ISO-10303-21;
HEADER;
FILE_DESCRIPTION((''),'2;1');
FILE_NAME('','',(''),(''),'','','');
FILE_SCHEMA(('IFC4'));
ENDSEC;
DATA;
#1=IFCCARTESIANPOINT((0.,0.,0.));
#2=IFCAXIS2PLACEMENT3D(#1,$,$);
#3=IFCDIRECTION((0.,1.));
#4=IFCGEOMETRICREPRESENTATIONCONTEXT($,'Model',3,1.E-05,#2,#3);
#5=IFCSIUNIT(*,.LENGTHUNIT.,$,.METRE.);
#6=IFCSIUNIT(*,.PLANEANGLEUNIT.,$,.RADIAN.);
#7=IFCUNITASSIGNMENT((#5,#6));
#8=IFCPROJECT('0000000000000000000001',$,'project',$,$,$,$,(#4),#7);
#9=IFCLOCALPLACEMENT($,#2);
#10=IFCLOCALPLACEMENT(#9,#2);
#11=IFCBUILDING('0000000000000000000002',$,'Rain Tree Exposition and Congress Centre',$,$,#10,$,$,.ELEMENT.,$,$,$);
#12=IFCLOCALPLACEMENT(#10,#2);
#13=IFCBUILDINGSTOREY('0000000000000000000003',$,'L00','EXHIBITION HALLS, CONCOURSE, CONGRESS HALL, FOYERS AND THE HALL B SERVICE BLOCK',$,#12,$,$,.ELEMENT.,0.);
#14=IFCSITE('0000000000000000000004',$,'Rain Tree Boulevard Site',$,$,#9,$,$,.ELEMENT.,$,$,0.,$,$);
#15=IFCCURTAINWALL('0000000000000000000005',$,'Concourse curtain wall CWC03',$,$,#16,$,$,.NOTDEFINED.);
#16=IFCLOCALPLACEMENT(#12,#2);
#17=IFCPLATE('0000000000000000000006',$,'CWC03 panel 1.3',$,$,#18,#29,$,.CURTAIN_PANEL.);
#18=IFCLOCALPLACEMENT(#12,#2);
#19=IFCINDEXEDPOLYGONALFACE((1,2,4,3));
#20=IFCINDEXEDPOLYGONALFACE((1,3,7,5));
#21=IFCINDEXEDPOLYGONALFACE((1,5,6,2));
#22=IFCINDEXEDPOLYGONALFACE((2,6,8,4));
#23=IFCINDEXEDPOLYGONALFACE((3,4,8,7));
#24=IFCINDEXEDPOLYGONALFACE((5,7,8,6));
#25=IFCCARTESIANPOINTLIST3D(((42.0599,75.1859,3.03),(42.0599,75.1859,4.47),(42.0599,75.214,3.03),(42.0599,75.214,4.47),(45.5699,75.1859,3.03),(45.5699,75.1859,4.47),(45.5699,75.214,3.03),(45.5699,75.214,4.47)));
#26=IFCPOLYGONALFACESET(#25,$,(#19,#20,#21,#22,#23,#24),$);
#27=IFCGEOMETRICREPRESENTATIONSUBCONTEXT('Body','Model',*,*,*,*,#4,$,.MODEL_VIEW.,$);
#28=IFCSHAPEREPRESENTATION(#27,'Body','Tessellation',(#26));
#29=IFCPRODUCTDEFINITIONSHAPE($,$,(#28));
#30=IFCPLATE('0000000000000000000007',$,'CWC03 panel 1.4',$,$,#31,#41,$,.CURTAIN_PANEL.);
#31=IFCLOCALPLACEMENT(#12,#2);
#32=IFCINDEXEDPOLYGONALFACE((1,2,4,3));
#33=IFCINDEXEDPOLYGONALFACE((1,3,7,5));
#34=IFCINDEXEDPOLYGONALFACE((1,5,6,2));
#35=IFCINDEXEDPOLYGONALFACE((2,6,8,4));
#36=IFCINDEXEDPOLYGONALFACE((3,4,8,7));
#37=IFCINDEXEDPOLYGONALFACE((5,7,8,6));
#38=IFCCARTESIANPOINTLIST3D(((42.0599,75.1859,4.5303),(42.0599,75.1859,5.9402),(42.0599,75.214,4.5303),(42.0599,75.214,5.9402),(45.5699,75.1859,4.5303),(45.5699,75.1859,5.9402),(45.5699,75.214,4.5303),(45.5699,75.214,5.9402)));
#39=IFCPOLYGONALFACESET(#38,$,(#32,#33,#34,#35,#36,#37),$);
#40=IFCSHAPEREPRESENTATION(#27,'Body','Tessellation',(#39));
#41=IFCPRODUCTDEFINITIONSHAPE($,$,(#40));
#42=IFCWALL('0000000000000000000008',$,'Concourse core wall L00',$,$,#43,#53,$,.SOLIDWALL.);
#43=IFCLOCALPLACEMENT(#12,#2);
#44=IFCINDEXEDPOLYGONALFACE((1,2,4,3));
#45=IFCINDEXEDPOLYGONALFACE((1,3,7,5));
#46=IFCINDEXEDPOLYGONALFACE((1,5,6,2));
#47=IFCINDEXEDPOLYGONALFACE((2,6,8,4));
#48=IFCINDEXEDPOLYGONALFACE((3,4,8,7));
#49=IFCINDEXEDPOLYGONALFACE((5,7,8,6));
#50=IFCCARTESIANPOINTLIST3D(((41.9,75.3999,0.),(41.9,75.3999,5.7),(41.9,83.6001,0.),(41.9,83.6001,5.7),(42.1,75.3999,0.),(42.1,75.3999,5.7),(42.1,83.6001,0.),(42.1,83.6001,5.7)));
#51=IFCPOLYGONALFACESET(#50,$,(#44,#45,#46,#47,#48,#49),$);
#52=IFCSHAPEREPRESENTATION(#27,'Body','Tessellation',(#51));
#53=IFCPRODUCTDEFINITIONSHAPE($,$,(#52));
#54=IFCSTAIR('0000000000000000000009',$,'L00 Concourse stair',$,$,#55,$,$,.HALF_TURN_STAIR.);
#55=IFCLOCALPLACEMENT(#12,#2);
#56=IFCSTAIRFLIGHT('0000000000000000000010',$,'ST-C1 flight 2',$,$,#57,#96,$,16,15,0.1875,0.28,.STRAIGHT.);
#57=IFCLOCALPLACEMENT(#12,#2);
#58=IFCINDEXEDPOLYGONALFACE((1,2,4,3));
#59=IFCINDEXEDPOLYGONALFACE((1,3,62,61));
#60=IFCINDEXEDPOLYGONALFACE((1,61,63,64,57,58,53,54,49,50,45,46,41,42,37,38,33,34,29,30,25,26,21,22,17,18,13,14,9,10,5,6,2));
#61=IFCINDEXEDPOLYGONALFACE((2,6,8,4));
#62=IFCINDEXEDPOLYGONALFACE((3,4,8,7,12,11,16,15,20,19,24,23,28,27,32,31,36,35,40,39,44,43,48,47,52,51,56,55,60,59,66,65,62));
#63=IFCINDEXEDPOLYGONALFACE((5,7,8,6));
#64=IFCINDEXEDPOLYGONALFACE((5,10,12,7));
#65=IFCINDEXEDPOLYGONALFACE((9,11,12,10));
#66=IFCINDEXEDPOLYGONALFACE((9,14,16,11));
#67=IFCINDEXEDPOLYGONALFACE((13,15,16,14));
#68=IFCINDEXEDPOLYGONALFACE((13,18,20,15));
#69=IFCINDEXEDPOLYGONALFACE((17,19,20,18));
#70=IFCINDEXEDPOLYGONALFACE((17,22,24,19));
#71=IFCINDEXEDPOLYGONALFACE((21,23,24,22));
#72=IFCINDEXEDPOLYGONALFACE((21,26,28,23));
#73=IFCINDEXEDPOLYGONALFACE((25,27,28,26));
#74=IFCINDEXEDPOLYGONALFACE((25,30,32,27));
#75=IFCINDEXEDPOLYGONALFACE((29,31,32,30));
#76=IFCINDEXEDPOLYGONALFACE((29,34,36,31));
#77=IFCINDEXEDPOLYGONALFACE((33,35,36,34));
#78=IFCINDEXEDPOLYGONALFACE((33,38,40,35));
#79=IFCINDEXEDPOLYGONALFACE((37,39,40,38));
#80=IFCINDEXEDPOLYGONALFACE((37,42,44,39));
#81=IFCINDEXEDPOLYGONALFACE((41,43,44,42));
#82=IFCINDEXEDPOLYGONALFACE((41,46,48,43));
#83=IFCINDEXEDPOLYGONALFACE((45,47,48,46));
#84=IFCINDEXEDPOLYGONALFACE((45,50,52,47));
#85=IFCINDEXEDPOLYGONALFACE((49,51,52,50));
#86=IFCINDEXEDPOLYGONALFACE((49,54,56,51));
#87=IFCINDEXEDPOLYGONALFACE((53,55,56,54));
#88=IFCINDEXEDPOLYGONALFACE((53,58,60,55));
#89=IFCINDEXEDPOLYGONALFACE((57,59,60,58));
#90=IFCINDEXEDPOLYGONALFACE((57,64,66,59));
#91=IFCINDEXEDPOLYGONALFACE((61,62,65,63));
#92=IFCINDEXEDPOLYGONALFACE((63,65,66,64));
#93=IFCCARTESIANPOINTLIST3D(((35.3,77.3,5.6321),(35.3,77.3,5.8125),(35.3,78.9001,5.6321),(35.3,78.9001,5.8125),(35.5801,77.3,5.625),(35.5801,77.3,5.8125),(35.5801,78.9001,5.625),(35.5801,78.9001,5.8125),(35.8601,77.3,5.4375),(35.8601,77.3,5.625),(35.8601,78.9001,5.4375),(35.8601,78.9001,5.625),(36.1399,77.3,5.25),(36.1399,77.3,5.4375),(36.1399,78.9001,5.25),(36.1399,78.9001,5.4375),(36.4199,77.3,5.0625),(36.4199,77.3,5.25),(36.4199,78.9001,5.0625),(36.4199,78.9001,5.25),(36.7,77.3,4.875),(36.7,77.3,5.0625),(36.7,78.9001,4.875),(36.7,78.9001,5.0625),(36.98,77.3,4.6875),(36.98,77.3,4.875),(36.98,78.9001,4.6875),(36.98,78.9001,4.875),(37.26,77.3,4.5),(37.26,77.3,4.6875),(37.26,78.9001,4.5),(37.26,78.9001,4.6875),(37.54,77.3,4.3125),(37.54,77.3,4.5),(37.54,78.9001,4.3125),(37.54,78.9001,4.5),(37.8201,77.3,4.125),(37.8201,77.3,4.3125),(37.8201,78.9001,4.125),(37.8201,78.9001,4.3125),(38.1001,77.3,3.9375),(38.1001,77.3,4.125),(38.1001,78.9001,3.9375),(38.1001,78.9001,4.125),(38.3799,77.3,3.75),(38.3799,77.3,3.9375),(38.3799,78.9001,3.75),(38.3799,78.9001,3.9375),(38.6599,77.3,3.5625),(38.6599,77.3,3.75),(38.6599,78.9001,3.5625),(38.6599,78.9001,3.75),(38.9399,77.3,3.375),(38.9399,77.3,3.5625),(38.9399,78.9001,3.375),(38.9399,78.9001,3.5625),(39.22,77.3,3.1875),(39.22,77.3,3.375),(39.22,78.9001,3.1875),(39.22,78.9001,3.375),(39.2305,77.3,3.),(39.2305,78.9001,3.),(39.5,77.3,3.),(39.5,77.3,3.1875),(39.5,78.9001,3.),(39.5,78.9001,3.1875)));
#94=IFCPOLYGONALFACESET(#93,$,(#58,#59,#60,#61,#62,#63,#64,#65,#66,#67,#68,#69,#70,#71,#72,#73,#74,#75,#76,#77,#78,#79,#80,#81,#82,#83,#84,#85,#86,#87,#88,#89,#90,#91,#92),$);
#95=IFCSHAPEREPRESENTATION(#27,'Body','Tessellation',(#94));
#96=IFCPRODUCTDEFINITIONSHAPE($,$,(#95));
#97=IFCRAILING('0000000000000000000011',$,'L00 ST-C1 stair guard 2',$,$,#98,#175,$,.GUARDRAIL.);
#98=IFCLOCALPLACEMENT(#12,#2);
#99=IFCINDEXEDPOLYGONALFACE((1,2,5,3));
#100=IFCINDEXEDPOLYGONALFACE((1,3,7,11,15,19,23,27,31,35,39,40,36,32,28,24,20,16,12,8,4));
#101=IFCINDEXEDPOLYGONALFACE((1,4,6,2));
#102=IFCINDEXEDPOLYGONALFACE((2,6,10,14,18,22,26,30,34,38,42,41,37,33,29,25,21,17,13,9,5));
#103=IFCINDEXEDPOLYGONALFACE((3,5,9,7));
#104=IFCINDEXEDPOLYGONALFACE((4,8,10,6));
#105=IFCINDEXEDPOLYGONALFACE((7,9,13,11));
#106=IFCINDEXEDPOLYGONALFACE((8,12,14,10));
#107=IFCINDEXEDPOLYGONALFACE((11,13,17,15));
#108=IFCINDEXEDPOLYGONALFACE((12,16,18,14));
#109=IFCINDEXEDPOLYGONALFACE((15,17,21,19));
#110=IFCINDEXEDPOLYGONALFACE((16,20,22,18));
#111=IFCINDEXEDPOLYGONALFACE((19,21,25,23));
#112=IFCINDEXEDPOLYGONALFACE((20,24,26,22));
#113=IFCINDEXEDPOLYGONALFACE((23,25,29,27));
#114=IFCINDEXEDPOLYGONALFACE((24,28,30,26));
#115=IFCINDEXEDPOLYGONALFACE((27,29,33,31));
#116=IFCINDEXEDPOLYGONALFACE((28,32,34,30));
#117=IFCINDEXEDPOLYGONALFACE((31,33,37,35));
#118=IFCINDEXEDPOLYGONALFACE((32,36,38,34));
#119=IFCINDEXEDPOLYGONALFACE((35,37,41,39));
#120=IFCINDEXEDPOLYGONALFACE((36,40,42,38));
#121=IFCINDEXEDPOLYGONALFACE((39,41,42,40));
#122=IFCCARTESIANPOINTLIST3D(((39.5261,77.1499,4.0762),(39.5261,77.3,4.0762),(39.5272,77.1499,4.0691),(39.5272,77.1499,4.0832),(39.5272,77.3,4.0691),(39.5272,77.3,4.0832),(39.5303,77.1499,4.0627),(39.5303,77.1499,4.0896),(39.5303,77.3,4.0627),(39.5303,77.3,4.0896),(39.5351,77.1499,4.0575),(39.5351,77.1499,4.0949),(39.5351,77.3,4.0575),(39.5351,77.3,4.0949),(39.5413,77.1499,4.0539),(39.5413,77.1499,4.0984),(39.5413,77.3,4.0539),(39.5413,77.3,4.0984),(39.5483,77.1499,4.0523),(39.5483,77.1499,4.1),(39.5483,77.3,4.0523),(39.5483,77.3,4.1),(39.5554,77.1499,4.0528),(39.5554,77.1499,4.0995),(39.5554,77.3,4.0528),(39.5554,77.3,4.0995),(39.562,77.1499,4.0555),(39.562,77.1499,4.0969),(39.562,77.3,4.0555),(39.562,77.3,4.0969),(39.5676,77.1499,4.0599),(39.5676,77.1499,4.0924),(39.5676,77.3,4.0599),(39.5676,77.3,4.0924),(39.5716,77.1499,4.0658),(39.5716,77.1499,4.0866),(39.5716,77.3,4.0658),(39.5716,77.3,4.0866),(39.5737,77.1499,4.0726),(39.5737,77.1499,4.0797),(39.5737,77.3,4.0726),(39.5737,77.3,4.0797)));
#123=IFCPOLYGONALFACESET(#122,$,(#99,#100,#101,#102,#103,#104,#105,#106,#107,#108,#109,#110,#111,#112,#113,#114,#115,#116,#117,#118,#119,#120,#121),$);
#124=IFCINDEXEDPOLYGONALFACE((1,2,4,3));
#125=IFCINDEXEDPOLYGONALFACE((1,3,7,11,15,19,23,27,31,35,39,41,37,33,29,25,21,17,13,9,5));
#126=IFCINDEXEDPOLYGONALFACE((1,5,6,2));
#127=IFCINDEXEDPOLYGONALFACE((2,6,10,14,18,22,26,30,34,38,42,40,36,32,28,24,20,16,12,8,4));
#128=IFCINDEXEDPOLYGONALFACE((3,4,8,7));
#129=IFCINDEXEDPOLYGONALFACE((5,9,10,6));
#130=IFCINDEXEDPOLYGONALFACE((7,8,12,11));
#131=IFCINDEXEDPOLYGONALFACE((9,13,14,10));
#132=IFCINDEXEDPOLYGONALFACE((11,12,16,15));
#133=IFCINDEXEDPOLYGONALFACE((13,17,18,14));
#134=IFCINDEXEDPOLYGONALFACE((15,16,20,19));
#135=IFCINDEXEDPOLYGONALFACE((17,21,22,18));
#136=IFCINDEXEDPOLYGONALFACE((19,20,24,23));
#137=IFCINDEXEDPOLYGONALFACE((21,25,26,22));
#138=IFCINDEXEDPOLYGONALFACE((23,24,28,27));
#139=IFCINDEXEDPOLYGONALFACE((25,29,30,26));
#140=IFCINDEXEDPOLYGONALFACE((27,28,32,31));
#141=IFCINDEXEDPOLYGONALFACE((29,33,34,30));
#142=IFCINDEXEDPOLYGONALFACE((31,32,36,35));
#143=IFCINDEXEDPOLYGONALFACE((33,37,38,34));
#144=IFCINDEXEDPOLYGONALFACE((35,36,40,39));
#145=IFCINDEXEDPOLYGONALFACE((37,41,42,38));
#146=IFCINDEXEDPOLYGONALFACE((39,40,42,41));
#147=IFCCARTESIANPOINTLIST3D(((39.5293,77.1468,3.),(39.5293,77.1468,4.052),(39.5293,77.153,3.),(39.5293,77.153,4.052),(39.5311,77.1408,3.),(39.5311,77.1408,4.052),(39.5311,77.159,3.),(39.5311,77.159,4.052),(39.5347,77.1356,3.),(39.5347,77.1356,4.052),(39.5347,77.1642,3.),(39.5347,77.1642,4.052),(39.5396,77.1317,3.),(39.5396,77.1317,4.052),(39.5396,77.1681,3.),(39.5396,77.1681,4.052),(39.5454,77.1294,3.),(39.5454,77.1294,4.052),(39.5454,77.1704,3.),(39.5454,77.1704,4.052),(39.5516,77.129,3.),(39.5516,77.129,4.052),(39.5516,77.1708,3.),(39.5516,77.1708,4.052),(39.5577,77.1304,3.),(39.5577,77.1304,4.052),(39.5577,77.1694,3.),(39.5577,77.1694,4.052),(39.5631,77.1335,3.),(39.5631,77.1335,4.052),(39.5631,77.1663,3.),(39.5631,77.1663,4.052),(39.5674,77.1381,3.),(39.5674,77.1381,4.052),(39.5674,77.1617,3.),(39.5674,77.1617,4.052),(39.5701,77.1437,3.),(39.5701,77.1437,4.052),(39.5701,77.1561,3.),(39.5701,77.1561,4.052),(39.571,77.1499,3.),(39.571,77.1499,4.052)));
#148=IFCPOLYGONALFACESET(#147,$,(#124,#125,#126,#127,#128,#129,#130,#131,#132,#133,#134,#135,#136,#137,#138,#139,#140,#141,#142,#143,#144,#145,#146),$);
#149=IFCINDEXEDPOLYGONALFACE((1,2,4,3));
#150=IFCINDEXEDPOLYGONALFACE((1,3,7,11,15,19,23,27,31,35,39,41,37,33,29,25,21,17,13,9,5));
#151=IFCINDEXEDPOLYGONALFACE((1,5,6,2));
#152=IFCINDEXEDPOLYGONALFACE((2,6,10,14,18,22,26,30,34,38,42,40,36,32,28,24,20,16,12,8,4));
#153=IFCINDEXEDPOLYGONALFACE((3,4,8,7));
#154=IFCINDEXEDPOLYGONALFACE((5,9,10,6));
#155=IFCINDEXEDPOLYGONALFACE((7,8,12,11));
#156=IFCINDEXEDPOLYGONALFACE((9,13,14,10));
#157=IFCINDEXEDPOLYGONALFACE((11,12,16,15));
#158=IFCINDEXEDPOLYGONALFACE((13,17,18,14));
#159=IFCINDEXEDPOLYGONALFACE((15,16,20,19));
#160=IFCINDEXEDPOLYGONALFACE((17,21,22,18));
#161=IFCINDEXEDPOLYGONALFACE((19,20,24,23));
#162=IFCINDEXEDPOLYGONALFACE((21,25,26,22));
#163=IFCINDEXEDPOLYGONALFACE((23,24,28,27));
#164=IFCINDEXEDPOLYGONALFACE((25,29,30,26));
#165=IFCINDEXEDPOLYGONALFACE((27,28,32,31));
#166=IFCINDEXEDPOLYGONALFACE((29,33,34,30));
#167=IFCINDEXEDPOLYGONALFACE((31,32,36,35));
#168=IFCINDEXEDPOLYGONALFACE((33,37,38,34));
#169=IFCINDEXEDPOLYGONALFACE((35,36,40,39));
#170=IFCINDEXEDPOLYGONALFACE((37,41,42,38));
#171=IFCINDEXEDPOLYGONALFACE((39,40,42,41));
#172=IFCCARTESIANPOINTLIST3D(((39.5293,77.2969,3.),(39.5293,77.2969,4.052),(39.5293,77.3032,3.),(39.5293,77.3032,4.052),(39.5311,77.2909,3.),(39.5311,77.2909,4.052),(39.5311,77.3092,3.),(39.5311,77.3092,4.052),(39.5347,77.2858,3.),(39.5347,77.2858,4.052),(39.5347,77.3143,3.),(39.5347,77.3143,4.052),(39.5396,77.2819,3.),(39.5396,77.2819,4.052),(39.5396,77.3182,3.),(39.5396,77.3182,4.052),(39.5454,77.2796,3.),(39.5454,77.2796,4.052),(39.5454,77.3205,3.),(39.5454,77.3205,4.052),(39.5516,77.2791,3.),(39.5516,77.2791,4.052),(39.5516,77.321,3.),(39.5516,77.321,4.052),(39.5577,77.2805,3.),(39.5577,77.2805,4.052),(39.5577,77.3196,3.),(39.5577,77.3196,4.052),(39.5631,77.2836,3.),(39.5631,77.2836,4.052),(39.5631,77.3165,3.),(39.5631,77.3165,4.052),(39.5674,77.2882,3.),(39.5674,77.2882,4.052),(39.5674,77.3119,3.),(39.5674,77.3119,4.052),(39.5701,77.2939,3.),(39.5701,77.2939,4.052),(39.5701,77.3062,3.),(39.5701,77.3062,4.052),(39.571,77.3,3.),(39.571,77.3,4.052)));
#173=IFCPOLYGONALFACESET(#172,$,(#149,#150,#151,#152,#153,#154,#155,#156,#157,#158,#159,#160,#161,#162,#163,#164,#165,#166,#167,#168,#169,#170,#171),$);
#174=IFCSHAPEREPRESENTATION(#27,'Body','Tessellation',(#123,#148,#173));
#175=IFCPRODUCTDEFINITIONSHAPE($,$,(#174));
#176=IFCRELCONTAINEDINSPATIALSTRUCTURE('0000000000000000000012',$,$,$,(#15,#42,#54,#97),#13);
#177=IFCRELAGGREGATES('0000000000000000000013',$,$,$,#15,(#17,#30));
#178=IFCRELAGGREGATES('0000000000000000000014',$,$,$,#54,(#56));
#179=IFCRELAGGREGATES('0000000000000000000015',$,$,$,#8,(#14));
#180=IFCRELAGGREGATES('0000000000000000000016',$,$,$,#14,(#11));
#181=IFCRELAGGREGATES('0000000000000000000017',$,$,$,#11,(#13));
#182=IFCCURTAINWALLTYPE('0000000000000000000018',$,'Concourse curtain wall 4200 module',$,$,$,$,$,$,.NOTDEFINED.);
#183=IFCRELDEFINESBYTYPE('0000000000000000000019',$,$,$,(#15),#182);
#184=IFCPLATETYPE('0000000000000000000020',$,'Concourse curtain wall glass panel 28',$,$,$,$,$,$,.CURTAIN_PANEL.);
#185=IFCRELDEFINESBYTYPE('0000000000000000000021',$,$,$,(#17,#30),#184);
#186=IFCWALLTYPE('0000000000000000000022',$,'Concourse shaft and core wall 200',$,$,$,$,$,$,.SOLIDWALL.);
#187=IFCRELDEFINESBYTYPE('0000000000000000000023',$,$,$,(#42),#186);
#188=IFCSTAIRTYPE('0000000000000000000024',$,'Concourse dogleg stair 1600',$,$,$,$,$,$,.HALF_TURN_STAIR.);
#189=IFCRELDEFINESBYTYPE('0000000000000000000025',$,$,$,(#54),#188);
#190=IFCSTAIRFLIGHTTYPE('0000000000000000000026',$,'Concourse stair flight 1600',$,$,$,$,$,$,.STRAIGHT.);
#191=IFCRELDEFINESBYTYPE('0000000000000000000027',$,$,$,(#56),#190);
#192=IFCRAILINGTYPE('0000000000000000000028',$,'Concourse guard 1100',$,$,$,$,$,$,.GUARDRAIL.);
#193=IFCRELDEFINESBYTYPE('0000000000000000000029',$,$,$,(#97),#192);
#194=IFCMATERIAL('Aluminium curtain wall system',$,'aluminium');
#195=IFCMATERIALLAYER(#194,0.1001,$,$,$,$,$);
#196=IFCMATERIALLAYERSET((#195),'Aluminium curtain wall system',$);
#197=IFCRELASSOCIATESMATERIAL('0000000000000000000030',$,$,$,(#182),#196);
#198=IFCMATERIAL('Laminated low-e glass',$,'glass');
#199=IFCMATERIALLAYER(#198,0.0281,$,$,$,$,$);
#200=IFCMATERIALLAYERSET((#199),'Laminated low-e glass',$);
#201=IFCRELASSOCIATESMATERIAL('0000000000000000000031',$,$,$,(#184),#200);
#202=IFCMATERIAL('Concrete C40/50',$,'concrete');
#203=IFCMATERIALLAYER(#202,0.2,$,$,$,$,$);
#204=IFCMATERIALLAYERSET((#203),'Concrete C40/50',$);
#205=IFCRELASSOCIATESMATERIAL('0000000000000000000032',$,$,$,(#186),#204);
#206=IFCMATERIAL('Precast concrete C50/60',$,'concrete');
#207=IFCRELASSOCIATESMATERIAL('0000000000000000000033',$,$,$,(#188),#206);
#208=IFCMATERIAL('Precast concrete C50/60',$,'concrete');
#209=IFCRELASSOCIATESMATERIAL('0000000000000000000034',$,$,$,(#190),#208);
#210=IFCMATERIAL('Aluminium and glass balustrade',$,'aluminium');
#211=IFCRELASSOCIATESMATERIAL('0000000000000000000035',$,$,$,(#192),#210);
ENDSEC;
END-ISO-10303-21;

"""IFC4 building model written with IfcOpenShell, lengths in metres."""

from ifc_helpers import new_model, si_unit, direction, frame, frame_2d, origin, origin_2d, place, context, subcontext, project, spatial, polyline, rectangle, circle, outline, extrude, material, layer, layer_set, type_object, element, aggregate, save


model = new_model("IFC4")

# Units and contexts
model_context = context("Model", 3, precision=1e-05, world=origin(), true_north=direction((0.0, 1.0)))
body_context = subcontext(model_context, "Body", "Model", "MODEL_VIEW")
ifc_project = project(units=[si_unit("LENGTHUNIT", "METRE"), si_unit("PLANEANGLEUNIT", "RADIAN")], contexts=[model_context])

# Site, building, storey
site_placement = place(None, origin())
site = spatial("IfcSite", under=ifc_project, at=site_placement, Name="Rain Tree Boulevard Site", CompositionType="ELEMENT", RefElevation=0.0)
building_placement = place(site_placement, origin())
building = spatial("IfcBuilding", under=site, at=building_placement, Name="Rain Tree Exposition and Congress Centre", CompositionType="ELEMENT")
storey_placement = place(building_placement, origin())
storey = spatial("IfcBuildingStorey", under=building, at=storey_placement, Name="L00", Description="EXHIBITION HALLS, CONCOURSE, CONGRESS HALL, FOYERS AND THE HALL B SERVICE BLOCK", CompositionType="ELEMENT", Elevation=0.0)

# Curtain wall, plates
ifc_material_1 = material(Name="Aluminium curtain wall system", Category="aluminium")
ifc_layer_1 = layer(ifc_material_1, 0.1001)
ifc_layer_set_1 = layer_set([ifc_layer_1], Name="Aluminium curtain wall system")
curtain_wall_type = type_object("IfcCurtainWallType", Name="Concourse curtain wall 4200 module", PredefinedType="NOTDEFINED", material=ifc_layer_set_1)
curtain_wall_placement = place(storey_placement, origin())
curtain_wall = element("IfcCurtainWall", 1, at=curtain_wall_placement, inside=storey, type_object=curtain_wall_type, Name="Concourse curtain wall CWC03", PredefinedType="NOTDEFINED")
ifc_material_2 = material(Name="Laminated low-e glass", Category="glass")
ifc_layer_2 = layer(ifc_material_2, 0.0281)
ifc_layer_set_2 = layer_set([ifc_layer_2], Name="Laminated low-e glass")
plate_type = type_object("IfcPlateType", Name="Concourse curtain wall glass panel 28", PredefinedType="CURTAIN_PANEL", material=ifc_layer_set_2)
plate_1_placement = place(storey_placement, frame((43.8149, 75.2, 3.03), z_axis=(0.0, 0.0, 1.0), x_axis=(1.0, 0.0, 0.0)))
plate_1 = element("IfcPlate", 2, at=plate_1_placement, type_object=plate_type, Name="CWC03 panel 1.3", PredefinedType="CURTAIN_PANEL", context=body_context, shape_type="SweptSolid", body=[
    extrude(rectangle(XDim=3.51, YDim=0.0281, at=origin_2d()), origin(), (0.0, 0.0, 1.0), 1.4399),
])
plate_2_placement = place(storey_placement, frame((43.8149, 75.2, 4.5303), z_axis=(0.0, 0.0, 1.0), x_axis=(1.0, 0.0, 0.0)))
plate_2 = element("IfcPlate", 3, at=plate_2_placement, type_object=plate_type, Name="CWC03 panel 1.4", PredefinedType="CURTAIN_PANEL", context=body_context, shape_type="SweptSolid", body=[
    extrude(rectangle(XDim=3.51, YDim=0.0281, at=origin_2d()), origin(), (0.0, 0.0, 1.0), 1.4099),
])
aggregate(curtain_wall, [plate_1, plate_2])

# Wall
ifc_material_3 = material(Name="Concrete C40/50", Category="concrete")
ifc_layer_3 = layer(ifc_material_3, 0.2)
ifc_layer_set_3 = layer_set([ifc_layer_3], Name="Concrete C40/50")
wall_type = type_object("IfcWallType", Name="Concourse shaft and core wall 200", PredefinedType="SOLIDWALL", material=ifc_layer_set_3)
wall_1_placement = place(storey_placement, frame((42.0, 75.3999, 0.0), z_axis=(0.0, 0.0, 1.0), x_axis=(0.0, 1.0, 0.0)))
element("IfcWall", 4, at=wall_1_placement, inside=storey, type_object=wall_type, Name="Concourse core wall L00", PredefinedType="SOLIDWALL", context=body_context, shape_type="SweptSolid", body=[
    extrude(rectangle(XDim=8.2002, YDim=0.2, at=frame_2d((4.1001, 0.0))), origin(), (0.0, 0.0, 1.0), 5.7),
])

# Stair, stair flight
ifc_material_4 = material(Name="Precast concrete C50/60", Category="concrete")
stair_type = type_object("IfcStairType", Name="Concourse dogleg stair 1600", PredefinedType="HALF_TURN_STAIR", material=ifc_material_4)
stair_placement = place(storey_placement, origin())
stair = element("IfcStair", 5, at=stair_placement, inside=storey, type_object=stair_type, Name="L00 Concourse stair", PredefinedType="HALF_TURN_STAIR")
ifc_material_5 = material(Name="Precast concrete C50/60", Category="concrete")
stair_flight_type = type_object("IfcStairFlightType", Name="Concourse stair flight 1600", PredefinedType="STRAIGHT", material=ifc_material_5)
stair_flight_placement = place(storey_placement, frame((39.5, 78.1001, 3.0), z_axis=(0.0, 0.0, 1.0), x_axis=(-1.0, 0.0, 0.0)))
stair_flight = element("IfcStairFlight", 6, at=stair_flight_placement, type_object=stair_flight_type, Name="ST-C1 flight 2", NumberOfRisers=16, NumberOfTreads=15, PredefinedType="STRAIGHT", RiserHeight=0.1875, TreadLength=0.28, context=body_context, shape_type="SweptSolid", body=[
    extrude(outline(polyline([(0.0, 0.0), (0.0, 0.1875), (0.28, 0.1875), (0.28, 0.375), (0.5601, 0.375), (0.5601, 0.5625), (0.8401, 0.5625), (0.8401, 0.75), (1.1201, 0.75), (1.1201, 0.9375), (1.3999, 0.9375), (1.3999, 1.125), (1.6799, 1.125), (1.6799, 1.3125), (1.96, 1.3125), (1.96, 1.5), (2.24, 1.5), (2.24, 1.6875), (2.52, 1.6875), (2.52, 1.875), (2.8, 1.875), (2.8, 2.0625), (3.0801, 2.0625), (3.0801, 2.25), (3.3601, 2.25), (3.3601, 2.4375), (3.6399, 2.4375), (3.6399, 2.625), (3.9199, 2.625), (3.9199, 2.8125), (4.2, 2.8125), (4.2, 3.0), (4.2, 2.6321), (0.2695, 0.0), (0.0, 0.0)])), frame((0.0, 0.8, 0.0), z_axis=(0.0, -1.0, 0.0), x_axis=(1.0, 0.0, 0.0)), (0.0, 0.0, 1.0), 1.6001),
])
aggregate(stair, [stair_flight])

# Railing
ifc_material_6 = material(Name="Aluminium and glass balustrade", Category="aluminium")
railing_type_1 = type_object("IfcRailingType", Name="Concourse guard 1100", PredefinedType="GUARDRAIL", material=ifc_material_6)
railing_1_placement = place(storey_placement, frame((39.55, 77.1499, 3.0)))
element("IfcRailing", 7, at=railing_1_placement, inside=storey, type_object=railing_type_1, Name="L00 ST-C1 stair guard 2", PredefinedType="GUARDRAIL", context=body_context, shape_type="SweptSolid", body=[
    extrude(circle(Radius=0.0239, at=origin_2d()), frame((0.0, 0.0, 1.0762), z_axis=(0.0, 1.0, 0.0), x_axis=(-1.0, 0.0, 0.0)), (0.0, 0.0, 1.0), 0.1501),
    extrude(circle(Radius=0.021, at=origin_2d()), origin(), (0.0, 0.0, 1.0), 1.052),
    extrude(circle(Radius=0.021, at=origin_2d()), frame((0.0, 0.1501, 0.0)), (0.0, 0.0, 1.0), 1.052),
])

save(model, "model.ifc")
